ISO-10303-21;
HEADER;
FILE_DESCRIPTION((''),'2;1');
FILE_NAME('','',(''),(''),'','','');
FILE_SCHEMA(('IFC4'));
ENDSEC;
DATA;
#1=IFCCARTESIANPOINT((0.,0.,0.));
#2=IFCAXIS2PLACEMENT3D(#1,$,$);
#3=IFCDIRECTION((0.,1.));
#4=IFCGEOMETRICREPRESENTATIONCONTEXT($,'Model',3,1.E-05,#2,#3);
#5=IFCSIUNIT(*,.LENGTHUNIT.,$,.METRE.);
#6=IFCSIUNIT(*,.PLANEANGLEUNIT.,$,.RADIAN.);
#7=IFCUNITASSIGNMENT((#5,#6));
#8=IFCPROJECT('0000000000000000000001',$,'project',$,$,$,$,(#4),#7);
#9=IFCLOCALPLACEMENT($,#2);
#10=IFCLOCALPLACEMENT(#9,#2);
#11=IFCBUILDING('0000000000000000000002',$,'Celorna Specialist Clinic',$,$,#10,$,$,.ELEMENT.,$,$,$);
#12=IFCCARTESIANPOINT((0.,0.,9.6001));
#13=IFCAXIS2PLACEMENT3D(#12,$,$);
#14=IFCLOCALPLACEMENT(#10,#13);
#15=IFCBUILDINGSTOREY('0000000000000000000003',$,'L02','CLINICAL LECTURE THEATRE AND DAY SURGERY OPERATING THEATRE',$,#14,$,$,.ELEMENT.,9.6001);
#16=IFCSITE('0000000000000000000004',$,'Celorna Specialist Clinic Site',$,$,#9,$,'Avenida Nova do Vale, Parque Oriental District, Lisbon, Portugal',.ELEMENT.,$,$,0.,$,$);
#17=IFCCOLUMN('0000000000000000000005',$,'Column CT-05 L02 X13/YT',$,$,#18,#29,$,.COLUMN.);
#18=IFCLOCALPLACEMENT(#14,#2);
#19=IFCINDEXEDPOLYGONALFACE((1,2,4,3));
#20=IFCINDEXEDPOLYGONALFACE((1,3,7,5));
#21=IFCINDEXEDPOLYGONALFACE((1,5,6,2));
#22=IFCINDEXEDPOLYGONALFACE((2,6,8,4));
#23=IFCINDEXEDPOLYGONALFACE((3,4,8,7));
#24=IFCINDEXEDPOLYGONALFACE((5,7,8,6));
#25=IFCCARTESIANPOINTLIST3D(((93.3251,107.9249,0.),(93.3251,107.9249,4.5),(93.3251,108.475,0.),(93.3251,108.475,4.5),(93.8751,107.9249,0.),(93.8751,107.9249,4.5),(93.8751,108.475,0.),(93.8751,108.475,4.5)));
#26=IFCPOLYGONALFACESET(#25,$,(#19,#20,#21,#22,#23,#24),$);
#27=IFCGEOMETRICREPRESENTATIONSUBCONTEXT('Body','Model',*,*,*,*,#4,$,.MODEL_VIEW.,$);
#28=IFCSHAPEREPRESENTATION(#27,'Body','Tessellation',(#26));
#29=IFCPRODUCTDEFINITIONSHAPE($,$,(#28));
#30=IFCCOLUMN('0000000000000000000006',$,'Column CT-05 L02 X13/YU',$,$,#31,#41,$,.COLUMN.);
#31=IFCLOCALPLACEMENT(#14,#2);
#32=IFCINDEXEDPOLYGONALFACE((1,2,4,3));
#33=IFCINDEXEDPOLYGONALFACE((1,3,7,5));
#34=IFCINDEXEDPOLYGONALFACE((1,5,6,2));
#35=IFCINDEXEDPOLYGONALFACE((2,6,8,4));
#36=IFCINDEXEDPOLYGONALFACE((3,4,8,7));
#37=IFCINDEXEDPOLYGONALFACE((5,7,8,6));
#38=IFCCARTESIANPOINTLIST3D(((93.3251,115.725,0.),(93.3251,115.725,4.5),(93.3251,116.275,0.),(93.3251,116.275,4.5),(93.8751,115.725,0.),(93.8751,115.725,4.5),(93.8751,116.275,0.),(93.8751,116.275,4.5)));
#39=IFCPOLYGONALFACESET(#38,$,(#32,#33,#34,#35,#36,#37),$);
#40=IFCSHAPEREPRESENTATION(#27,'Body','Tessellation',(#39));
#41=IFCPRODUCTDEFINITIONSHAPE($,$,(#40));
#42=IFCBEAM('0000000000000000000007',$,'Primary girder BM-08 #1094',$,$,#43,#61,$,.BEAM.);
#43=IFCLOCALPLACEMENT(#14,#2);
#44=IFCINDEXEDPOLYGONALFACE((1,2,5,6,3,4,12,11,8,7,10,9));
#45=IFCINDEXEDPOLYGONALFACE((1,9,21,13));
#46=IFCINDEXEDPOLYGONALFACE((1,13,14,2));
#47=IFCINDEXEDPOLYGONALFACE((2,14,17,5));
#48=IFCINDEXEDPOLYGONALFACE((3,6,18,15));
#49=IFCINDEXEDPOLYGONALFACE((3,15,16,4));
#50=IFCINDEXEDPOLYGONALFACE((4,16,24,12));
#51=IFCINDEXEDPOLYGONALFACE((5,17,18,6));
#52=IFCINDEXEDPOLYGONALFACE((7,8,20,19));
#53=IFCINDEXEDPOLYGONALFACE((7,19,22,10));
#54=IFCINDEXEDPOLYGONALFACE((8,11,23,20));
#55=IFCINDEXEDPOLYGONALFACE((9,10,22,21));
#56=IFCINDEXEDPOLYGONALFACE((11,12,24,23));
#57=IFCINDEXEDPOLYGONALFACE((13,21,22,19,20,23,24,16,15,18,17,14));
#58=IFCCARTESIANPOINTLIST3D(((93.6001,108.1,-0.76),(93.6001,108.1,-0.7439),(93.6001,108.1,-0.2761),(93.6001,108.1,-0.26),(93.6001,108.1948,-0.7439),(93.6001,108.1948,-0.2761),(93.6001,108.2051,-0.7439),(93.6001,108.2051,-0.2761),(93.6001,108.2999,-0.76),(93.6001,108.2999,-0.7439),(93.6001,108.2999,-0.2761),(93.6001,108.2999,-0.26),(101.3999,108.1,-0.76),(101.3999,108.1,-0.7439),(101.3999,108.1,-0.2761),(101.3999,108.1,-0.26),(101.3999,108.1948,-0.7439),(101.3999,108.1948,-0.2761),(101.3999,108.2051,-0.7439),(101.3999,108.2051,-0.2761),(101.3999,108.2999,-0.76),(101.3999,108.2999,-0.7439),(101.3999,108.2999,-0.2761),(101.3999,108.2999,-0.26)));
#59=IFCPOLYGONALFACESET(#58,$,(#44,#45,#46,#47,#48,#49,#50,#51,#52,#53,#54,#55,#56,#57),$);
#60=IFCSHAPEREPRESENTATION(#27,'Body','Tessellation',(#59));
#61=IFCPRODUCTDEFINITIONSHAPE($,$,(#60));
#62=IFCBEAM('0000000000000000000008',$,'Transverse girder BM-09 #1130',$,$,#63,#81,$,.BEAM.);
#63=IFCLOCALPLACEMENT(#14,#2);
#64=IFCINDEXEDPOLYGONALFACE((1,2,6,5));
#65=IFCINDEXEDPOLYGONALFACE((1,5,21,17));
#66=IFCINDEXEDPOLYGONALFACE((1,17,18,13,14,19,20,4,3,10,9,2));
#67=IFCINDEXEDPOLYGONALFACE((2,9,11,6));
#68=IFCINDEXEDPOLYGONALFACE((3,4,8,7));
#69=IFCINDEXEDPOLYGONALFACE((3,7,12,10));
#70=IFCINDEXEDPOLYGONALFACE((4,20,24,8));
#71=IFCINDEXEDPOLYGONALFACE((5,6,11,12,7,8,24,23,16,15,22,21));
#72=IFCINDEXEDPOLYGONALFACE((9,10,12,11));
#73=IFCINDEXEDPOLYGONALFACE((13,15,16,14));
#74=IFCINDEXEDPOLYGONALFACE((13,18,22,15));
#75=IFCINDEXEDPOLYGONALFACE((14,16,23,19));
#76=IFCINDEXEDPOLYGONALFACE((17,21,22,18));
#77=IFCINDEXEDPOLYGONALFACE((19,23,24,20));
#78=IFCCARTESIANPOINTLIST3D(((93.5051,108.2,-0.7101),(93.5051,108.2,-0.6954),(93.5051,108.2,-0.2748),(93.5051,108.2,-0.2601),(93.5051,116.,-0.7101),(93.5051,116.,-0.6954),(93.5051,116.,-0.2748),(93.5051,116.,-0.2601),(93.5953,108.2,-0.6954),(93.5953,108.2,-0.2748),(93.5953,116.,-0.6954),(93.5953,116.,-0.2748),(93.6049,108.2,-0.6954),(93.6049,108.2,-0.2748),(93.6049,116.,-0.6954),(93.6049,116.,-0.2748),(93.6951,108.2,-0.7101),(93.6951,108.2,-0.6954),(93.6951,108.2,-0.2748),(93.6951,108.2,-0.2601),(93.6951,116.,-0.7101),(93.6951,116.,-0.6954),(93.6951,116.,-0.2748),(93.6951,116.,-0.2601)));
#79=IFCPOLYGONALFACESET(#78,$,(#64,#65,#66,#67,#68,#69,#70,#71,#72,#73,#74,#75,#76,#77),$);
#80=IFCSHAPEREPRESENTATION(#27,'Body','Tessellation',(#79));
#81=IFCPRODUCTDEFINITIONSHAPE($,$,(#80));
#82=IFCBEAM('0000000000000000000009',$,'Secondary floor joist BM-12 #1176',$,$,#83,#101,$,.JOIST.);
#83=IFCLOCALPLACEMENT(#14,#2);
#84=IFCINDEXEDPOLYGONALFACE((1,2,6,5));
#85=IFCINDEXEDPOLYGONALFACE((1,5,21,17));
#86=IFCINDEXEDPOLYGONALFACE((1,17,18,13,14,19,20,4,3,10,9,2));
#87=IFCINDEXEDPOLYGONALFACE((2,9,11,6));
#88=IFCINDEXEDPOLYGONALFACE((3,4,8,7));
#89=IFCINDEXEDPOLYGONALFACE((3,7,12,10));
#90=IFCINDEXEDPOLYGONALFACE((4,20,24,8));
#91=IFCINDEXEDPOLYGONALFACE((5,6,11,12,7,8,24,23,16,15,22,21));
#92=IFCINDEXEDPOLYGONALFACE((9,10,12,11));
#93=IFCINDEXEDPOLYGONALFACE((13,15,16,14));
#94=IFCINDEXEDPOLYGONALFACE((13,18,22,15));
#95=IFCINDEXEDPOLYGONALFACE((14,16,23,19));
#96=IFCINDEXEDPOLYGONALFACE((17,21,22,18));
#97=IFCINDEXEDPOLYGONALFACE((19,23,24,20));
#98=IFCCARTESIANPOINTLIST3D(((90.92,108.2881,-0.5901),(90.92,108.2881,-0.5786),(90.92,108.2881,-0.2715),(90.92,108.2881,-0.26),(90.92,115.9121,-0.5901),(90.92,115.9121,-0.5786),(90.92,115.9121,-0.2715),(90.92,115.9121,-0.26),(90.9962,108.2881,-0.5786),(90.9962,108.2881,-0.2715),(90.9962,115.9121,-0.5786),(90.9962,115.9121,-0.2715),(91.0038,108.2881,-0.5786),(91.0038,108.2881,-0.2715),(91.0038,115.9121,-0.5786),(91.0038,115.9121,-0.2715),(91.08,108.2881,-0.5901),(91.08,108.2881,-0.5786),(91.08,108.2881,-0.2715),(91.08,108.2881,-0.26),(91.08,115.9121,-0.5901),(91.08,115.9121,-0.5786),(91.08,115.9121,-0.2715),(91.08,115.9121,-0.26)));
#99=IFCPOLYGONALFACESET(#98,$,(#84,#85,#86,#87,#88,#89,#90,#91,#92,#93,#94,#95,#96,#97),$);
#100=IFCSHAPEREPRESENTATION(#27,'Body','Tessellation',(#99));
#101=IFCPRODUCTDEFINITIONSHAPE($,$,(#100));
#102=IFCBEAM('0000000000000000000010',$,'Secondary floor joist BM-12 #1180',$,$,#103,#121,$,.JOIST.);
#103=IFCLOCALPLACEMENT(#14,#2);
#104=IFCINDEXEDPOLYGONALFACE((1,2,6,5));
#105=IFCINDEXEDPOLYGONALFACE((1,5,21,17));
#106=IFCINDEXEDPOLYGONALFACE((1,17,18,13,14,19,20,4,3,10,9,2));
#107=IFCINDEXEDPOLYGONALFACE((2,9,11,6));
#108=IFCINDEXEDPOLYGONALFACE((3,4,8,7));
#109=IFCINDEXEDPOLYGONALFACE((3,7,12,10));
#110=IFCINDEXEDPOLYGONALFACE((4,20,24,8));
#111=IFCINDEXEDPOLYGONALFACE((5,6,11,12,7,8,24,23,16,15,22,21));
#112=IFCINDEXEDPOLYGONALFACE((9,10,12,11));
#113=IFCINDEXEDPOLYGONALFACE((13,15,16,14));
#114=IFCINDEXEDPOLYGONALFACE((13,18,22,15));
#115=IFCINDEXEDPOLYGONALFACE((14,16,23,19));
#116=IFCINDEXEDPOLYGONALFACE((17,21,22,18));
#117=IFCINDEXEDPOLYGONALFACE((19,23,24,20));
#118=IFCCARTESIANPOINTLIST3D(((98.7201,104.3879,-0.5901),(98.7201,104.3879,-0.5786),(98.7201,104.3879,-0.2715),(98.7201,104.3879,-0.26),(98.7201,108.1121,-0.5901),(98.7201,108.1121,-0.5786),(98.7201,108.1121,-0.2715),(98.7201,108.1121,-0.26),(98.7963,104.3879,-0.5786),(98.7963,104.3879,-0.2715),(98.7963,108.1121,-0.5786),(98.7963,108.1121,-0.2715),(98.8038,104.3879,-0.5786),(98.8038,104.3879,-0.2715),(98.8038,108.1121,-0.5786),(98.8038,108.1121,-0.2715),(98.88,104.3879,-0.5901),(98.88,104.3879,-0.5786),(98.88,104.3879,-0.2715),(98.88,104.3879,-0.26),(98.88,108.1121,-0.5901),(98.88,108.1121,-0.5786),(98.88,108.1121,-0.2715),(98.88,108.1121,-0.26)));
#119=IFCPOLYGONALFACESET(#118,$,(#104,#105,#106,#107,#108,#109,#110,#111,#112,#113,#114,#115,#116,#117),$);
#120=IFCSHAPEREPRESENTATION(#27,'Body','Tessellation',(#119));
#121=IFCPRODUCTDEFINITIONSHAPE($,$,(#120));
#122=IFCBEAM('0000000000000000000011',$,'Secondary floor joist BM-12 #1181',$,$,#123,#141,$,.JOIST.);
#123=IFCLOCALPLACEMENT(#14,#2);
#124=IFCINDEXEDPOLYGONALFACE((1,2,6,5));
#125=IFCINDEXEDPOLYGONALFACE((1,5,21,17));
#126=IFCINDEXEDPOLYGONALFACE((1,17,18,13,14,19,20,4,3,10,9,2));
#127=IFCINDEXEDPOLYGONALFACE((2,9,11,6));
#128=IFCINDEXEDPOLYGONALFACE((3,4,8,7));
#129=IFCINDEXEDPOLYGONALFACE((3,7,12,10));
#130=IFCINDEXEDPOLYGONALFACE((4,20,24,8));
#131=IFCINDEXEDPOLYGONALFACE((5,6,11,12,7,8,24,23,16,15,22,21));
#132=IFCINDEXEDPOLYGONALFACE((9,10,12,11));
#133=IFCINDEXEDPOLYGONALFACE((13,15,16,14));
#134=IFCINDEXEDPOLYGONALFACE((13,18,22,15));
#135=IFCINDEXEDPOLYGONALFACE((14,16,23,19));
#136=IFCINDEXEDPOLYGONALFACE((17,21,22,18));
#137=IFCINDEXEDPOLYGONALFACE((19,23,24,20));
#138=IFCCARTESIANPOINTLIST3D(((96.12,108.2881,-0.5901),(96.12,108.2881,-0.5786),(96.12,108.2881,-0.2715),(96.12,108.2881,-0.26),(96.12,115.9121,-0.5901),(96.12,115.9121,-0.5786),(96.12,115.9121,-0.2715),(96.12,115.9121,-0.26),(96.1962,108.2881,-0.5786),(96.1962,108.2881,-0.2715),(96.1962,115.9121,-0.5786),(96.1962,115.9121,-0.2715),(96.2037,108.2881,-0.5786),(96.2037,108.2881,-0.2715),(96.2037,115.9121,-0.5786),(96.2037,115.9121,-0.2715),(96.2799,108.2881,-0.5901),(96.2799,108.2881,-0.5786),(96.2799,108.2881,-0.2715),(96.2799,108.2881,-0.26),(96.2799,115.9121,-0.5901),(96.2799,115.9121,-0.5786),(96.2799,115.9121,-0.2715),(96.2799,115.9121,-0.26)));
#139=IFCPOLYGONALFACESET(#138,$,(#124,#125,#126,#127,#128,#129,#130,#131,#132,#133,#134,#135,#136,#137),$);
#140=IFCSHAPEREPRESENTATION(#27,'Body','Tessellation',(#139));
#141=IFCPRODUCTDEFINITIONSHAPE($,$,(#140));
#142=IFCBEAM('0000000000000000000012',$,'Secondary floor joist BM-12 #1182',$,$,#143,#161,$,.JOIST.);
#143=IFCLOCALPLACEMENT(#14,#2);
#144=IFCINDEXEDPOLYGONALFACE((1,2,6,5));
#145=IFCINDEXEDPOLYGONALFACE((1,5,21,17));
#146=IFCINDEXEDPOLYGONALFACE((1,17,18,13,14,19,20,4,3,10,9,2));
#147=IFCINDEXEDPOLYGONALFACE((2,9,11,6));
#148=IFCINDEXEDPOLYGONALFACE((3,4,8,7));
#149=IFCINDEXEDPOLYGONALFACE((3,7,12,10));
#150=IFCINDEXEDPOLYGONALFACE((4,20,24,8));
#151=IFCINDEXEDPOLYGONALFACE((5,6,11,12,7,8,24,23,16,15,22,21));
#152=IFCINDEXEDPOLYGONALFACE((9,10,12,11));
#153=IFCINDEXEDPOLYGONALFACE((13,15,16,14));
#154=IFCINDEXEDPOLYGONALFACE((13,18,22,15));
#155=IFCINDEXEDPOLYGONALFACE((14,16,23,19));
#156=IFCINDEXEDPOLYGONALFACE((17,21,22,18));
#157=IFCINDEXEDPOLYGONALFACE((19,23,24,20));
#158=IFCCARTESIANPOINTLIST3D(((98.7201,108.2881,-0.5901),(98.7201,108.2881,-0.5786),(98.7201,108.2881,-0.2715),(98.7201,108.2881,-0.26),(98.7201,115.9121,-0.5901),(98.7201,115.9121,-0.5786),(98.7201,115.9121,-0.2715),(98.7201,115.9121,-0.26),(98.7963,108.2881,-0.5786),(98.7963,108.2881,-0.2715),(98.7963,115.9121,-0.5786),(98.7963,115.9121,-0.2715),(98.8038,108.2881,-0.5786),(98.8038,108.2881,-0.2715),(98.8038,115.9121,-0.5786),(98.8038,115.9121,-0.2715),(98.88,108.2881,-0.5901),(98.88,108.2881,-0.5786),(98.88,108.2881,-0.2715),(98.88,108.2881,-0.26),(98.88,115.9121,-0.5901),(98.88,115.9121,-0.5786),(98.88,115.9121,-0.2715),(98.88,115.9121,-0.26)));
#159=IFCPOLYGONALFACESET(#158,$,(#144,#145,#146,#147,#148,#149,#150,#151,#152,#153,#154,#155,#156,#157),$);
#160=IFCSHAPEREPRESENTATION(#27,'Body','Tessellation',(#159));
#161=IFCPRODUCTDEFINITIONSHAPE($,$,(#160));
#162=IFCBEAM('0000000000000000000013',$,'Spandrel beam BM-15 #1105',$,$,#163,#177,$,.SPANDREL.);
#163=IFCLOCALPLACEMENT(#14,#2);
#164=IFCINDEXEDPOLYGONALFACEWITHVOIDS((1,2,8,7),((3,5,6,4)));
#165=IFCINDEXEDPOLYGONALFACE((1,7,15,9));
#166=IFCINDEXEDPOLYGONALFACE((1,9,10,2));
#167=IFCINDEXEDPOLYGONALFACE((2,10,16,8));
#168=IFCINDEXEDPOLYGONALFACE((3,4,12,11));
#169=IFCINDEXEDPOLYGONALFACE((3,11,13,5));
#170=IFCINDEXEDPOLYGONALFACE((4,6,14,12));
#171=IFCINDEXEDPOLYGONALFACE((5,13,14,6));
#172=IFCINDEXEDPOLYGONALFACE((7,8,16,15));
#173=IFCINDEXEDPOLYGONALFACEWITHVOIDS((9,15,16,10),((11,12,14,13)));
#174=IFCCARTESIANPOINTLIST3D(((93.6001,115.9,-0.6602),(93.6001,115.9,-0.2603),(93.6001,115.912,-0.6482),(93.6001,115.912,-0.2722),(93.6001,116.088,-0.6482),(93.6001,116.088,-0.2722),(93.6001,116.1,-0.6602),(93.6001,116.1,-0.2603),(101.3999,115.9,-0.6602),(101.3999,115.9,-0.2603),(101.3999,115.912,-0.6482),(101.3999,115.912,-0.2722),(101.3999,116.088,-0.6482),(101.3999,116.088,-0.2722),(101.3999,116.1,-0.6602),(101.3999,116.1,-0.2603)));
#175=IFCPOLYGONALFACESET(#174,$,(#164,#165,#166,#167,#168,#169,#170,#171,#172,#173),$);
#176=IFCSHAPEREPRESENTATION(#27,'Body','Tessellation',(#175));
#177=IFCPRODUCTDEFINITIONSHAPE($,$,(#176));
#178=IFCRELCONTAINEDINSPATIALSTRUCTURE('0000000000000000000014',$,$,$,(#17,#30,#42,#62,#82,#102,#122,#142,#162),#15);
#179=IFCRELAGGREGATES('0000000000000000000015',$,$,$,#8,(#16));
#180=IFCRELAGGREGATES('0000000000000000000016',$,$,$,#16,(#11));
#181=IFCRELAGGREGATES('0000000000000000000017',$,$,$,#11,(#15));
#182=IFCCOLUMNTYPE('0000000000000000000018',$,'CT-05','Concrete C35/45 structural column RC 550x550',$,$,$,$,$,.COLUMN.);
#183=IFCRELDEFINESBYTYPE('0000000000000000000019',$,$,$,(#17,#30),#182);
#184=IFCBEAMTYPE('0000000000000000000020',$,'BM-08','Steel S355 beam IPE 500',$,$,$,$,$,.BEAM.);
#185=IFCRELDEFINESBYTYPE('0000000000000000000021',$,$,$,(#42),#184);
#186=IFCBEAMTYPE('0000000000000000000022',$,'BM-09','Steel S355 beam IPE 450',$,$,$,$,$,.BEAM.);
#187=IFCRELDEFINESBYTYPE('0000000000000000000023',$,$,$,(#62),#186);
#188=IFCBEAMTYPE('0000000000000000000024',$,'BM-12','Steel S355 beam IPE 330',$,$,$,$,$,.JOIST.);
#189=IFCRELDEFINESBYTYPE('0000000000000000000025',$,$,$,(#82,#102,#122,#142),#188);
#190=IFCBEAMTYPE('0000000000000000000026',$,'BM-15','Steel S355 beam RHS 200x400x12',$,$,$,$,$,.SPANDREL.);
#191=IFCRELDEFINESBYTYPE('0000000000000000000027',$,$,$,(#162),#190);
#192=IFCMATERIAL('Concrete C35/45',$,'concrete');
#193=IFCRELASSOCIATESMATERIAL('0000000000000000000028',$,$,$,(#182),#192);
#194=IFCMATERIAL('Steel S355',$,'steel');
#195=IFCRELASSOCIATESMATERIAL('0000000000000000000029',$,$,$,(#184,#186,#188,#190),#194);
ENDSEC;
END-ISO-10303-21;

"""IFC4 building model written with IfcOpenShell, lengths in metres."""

from ifc_helpers import new_model, si_unit, direction, frame, origin, origin_2d, place, context, subcontext, project, spatial, rectangle, hollow_rectangle, i_section, extrude, material, material_profile, profile_set, type_object, element, save


model = new_model("IFC4")

# Units and contexts
model_context = context("Model", 3, precision=1e-05, world=origin(), true_north=direction((0.0, 1.0)))
body_context = subcontext(model_context, "Body", "Model", "MODEL_VIEW")
ifc_project = project(units=[si_unit("LENGTHUNIT", "METRE"), si_unit("PLANEANGLEUNIT", "RADIAN")], contexts=[model_context])

# Site, building, storey
site_placement = place(None, origin())
site = spatial("IfcSite", under=ifc_project, at=site_placement, Name="Celorna Specialist Clinic Site", LongName="Avenida Nova do Vale, Parque Oriental District, Lisbon, Portugal", CompositionType="ELEMENT", RefElevation=0.0)
building_placement = place(site_placement, origin())
building = spatial("IfcBuilding", under=site, at=building_placement, Name="Celorna Specialist Clinic", CompositionType="ELEMENT")
storey_placement = place(building_placement, frame((0.0, 0.0, 9.6001)))
storey = spatial("IfcBuildingStorey", under=building, at=storey_placement, Name="L02", Description="CLINICAL LECTURE THEATRE AND DAY SURGERY OPERATING THEATRE", CompositionType="ELEMENT", Elevation=9.6001)

# Columns
ifc_material_1 = material(Name="Concrete C35/45", Category="concrete")
ifc_material_profile_1 = material_profile(ifc_material_1, rectangle(XDim=0.55, YDim=0.55, at=origin_2d()), Name="RC 550x550")
ifc_profile_set_1 = profile_set([ifc_material_profile_1], Name="Concrete C35/45")
column_type = type_object("IfcColumnType", Name="CT-05", Description="Concrete C35/45 structural column RC 550x550", PredefinedType="COLUMN", material=ifc_profile_set_1)
for number, where, z_axis, x_axis, name in (
    (1, (93.6001, 108.2, 0.0), (0.0, 0.0, 1.0), (1.0, 0.0, 0.0), "Column CT-05 L02 X13/YT"),
    (2, (93.6001, 116.0, 0.0), (0.0, 0.0, 1.0), (1.0, 0.0, 0.0), "Column CT-05 L02 X13/YU"),
):
    element("IfcColumn", number, at=place(storey_placement, frame(where, z_axis=z_axis, x_axis=x_axis)), inside=storey, type_object=column_type, Name=name, PredefinedType="COLUMN", context=body_context, shape_type="SweptSolid", body=[
        extrude(rectangle(XDim=0.55, YDim=0.55, at=origin_2d()), origin(), (0.0, 0.0, 1.0), 4.5),
    ])

# Beams
ifc_material_2 = material(Name="Steel S355", Category="steel")
ifc_material_profile_2 = material_profile(ifc_material_2, i_section(OverallWidth=0.2, OverallDepth=0.5, WebThickness=0.0103, FlangeThickness=0.0161, at=origin_2d()), Name="IPE 500")
ifc_profile_set_2 = profile_set([ifc_material_profile_2], Name="Steel S355")
beam_type_1 = type_object("IfcBeamType", Name="BM-08", Description="Steel S355 beam IPE 500", PredefinedType="BEAM", material=ifc_profile_set_2)
beam_1_placement = place(storey_placement, frame((93.6001, 108.2, -0.51), z_axis=(1.0, 0.0, 0.0), x_axis=(0.0, 1.0, 0.0)))
element("IfcBeam", 3, at=beam_1_placement, inside=storey, type_object=beam_type_1, Name="Primary girder BM-08 #1094", PredefinedType="BEAM", context=body_context, shape_type="SweptSolid", body=[
    extrude(i_section(OverallWidth=0.2, OverallDepth=0.5, WebThickness=0.0103, FlangeThickness=0.0161, at=origin_2d()), origin(), (0.0, 0.0, 1.0), 7.7998),
])
ifc_material_profile_3 = material_profile(ifc_material_2, i_section(OverallWidth=0.1899, OverallDepth=0.45, WebThickness=0.0095, FlangeThickness=0.0146, at=origin_2d()), Name="IPE 450")
ifc_profile_set_3 = profile_set([ifc_material_profile_3], Name="Steel S355")
beam_type_2 = type_object("IfcBeamType", Name="BM-09", Description="Steel S355 beam IPE 450", PredefinedType="BEAM", material=ifc_profile_set_3)
beam_2_placement = place(storey_placement, frame((93.6001, 108.2, -0.4851), z_axis=(0.0, 1.0, 0.0), x_axis=(-1.0, 0.0, 0.0)))
element("IfcBeam", 4, at=beam_2_placement, inside=storey, type_object=beam_type_2, Name="Transverse girder BM-09 #1130", PredefinedType="BEAM", context=body_context, shape_type="SweptSolid", body=[
    extrude(i_section(OverallWidth=0.1899, OverallDepth=0.45, WebThickness=0.0095, FlangeThickness=0.0146, at=origin_2d()), origin(), (0.0, 0.0, 1.0), 7.8),
])
ifc_material_profile_4 = material_profile(ifc_material_2, i_section(OverallWidth=0.1599, OverallDepth=0.3301, WebThickness=0.0076, FlangeThickness=0.0115, at=origin_2d()), Name="IPE 330")
ifc_profile_set_4 = profile_set([ifc_material_profile_4], Name="Steel S355")
beam_type_3 = type_object("IfcBeamType", Name="BM-12", Description="Steel S355 beam IPE 330", PredefinedType="JOIST", material=ifc_profile_set_4)
beam_3_placement = place(storey_placement, frame((91.0, 108.2881, -0.425), z_axis=(0.0, 1.0, 0.0), x_axis=(-1.0, 0.0, 0.0)))
element("IfcBeam", 5, at=beam_3_placement, inside=storey, type_object=beam_type_3, Name="Secondary floor joist BM-12 #1176", PredefinedType="JOIST", context=body_context, shape_type="SweptSolid", body=[
    extrude(i_section(OverallWidth=0.1599, OverallDepth=0.3301, WebThickness=0.0076, FlangeThickness=0.0115, at=origin_2d()), origin(), (0.0, 0.0, 1.0), 7.624),
])
beam_4_placement = place(storey_placement, frame((98.8, 104.3879, -0.425), z_axis=(0.0, 1.0, 0.0), x_axis=(-1.0, 0.0, 0.0)))
element("IfcBeam", 6, at=beam_4_placement, inside=storey, type_object=beam_type_3, Name="Secondary floor joist BM-12 #1180", PredefinedType="JOIST", context=body_context, shape_type="SweptSolid", body=[
    extrude(i_section(OverallWidth=0.1599, OverallDepth=0.3301, WebThickness=0.0076, FlangeThickness=0.0115, at=origin_2d()), origin(), (0.0, 0.0, 1.0), 3.7241),
])
for number, where, z_axis, x_axis, name in (
    (7, (96.2, 108.2881, -0.425), (0.0, 1.0, 0.0), (-1.0, 0.0, 0.0), "Secondary floor joist BM-12 #1181"),
    (8, (98.8, 108.2881, -0.425), (0.0, 1.0, 0.0), (-1.0, 0.0, 0.0), "Secondary floor joist BM-12 #1182"),
):
    element("IfcBeam", number, at=place(storey_placement, frame(where, z_axis=z_axis, x_axis=x_axis)), inside=storey, type_object=beam_type_3, Name=name, PredefinedType="JOIST", context=body_context, shape_type="SweptSolid", body=[
        extrude(i_section(OverallWidth=0.1599, OverallDepth=0.3301, WebThickness=0.0076, FlangeThickness=0.0115, at=origin_2d()), origin(), (0.0, 0.0, 1.0), 7.624),
    ])
ifc_material_profile_5 = material_profile(ifc_material_2, hollow_rectangle(XDim=0.2, YDim=0.3999, WallThickness=0.012, at=origin_2d()), Name="RHS 200x400x12")
ifc_profile_set_5 = profile_set([ifc_material_profile_5], Name="Steel S355")
beam_type_4 = type_object("IfcBeamType", Name="BM-15", Description="Steel S355 beam RHS 200x400x12", PredefinedType="SPANDREL", material=ifc_profile_set_5)
beam_5_placement = place(storey_placement, frame((93.6001, 116.0, -0.4602), z_axis=(1.0, 0.0, 0.0), x_axis=(0.0, 1.0, 0.0)))
element("IfcBeam", 9, at=beam_5_placement, inside=storey, type_object=beam_type_4, Name="Spandrel beam BM-15 #1105", PredefinedType="SPANDREL", context=body_context, shape_type="SweptSolid", body=[
    extrude(hollow_rectangle(XDim=0.2, YDim=0.3999, WallThickness=0.012, at=origin_2d()), origin(), (0.0, 0.0, 1.0), 7.7998),
])

save(model, "model.ifc")
